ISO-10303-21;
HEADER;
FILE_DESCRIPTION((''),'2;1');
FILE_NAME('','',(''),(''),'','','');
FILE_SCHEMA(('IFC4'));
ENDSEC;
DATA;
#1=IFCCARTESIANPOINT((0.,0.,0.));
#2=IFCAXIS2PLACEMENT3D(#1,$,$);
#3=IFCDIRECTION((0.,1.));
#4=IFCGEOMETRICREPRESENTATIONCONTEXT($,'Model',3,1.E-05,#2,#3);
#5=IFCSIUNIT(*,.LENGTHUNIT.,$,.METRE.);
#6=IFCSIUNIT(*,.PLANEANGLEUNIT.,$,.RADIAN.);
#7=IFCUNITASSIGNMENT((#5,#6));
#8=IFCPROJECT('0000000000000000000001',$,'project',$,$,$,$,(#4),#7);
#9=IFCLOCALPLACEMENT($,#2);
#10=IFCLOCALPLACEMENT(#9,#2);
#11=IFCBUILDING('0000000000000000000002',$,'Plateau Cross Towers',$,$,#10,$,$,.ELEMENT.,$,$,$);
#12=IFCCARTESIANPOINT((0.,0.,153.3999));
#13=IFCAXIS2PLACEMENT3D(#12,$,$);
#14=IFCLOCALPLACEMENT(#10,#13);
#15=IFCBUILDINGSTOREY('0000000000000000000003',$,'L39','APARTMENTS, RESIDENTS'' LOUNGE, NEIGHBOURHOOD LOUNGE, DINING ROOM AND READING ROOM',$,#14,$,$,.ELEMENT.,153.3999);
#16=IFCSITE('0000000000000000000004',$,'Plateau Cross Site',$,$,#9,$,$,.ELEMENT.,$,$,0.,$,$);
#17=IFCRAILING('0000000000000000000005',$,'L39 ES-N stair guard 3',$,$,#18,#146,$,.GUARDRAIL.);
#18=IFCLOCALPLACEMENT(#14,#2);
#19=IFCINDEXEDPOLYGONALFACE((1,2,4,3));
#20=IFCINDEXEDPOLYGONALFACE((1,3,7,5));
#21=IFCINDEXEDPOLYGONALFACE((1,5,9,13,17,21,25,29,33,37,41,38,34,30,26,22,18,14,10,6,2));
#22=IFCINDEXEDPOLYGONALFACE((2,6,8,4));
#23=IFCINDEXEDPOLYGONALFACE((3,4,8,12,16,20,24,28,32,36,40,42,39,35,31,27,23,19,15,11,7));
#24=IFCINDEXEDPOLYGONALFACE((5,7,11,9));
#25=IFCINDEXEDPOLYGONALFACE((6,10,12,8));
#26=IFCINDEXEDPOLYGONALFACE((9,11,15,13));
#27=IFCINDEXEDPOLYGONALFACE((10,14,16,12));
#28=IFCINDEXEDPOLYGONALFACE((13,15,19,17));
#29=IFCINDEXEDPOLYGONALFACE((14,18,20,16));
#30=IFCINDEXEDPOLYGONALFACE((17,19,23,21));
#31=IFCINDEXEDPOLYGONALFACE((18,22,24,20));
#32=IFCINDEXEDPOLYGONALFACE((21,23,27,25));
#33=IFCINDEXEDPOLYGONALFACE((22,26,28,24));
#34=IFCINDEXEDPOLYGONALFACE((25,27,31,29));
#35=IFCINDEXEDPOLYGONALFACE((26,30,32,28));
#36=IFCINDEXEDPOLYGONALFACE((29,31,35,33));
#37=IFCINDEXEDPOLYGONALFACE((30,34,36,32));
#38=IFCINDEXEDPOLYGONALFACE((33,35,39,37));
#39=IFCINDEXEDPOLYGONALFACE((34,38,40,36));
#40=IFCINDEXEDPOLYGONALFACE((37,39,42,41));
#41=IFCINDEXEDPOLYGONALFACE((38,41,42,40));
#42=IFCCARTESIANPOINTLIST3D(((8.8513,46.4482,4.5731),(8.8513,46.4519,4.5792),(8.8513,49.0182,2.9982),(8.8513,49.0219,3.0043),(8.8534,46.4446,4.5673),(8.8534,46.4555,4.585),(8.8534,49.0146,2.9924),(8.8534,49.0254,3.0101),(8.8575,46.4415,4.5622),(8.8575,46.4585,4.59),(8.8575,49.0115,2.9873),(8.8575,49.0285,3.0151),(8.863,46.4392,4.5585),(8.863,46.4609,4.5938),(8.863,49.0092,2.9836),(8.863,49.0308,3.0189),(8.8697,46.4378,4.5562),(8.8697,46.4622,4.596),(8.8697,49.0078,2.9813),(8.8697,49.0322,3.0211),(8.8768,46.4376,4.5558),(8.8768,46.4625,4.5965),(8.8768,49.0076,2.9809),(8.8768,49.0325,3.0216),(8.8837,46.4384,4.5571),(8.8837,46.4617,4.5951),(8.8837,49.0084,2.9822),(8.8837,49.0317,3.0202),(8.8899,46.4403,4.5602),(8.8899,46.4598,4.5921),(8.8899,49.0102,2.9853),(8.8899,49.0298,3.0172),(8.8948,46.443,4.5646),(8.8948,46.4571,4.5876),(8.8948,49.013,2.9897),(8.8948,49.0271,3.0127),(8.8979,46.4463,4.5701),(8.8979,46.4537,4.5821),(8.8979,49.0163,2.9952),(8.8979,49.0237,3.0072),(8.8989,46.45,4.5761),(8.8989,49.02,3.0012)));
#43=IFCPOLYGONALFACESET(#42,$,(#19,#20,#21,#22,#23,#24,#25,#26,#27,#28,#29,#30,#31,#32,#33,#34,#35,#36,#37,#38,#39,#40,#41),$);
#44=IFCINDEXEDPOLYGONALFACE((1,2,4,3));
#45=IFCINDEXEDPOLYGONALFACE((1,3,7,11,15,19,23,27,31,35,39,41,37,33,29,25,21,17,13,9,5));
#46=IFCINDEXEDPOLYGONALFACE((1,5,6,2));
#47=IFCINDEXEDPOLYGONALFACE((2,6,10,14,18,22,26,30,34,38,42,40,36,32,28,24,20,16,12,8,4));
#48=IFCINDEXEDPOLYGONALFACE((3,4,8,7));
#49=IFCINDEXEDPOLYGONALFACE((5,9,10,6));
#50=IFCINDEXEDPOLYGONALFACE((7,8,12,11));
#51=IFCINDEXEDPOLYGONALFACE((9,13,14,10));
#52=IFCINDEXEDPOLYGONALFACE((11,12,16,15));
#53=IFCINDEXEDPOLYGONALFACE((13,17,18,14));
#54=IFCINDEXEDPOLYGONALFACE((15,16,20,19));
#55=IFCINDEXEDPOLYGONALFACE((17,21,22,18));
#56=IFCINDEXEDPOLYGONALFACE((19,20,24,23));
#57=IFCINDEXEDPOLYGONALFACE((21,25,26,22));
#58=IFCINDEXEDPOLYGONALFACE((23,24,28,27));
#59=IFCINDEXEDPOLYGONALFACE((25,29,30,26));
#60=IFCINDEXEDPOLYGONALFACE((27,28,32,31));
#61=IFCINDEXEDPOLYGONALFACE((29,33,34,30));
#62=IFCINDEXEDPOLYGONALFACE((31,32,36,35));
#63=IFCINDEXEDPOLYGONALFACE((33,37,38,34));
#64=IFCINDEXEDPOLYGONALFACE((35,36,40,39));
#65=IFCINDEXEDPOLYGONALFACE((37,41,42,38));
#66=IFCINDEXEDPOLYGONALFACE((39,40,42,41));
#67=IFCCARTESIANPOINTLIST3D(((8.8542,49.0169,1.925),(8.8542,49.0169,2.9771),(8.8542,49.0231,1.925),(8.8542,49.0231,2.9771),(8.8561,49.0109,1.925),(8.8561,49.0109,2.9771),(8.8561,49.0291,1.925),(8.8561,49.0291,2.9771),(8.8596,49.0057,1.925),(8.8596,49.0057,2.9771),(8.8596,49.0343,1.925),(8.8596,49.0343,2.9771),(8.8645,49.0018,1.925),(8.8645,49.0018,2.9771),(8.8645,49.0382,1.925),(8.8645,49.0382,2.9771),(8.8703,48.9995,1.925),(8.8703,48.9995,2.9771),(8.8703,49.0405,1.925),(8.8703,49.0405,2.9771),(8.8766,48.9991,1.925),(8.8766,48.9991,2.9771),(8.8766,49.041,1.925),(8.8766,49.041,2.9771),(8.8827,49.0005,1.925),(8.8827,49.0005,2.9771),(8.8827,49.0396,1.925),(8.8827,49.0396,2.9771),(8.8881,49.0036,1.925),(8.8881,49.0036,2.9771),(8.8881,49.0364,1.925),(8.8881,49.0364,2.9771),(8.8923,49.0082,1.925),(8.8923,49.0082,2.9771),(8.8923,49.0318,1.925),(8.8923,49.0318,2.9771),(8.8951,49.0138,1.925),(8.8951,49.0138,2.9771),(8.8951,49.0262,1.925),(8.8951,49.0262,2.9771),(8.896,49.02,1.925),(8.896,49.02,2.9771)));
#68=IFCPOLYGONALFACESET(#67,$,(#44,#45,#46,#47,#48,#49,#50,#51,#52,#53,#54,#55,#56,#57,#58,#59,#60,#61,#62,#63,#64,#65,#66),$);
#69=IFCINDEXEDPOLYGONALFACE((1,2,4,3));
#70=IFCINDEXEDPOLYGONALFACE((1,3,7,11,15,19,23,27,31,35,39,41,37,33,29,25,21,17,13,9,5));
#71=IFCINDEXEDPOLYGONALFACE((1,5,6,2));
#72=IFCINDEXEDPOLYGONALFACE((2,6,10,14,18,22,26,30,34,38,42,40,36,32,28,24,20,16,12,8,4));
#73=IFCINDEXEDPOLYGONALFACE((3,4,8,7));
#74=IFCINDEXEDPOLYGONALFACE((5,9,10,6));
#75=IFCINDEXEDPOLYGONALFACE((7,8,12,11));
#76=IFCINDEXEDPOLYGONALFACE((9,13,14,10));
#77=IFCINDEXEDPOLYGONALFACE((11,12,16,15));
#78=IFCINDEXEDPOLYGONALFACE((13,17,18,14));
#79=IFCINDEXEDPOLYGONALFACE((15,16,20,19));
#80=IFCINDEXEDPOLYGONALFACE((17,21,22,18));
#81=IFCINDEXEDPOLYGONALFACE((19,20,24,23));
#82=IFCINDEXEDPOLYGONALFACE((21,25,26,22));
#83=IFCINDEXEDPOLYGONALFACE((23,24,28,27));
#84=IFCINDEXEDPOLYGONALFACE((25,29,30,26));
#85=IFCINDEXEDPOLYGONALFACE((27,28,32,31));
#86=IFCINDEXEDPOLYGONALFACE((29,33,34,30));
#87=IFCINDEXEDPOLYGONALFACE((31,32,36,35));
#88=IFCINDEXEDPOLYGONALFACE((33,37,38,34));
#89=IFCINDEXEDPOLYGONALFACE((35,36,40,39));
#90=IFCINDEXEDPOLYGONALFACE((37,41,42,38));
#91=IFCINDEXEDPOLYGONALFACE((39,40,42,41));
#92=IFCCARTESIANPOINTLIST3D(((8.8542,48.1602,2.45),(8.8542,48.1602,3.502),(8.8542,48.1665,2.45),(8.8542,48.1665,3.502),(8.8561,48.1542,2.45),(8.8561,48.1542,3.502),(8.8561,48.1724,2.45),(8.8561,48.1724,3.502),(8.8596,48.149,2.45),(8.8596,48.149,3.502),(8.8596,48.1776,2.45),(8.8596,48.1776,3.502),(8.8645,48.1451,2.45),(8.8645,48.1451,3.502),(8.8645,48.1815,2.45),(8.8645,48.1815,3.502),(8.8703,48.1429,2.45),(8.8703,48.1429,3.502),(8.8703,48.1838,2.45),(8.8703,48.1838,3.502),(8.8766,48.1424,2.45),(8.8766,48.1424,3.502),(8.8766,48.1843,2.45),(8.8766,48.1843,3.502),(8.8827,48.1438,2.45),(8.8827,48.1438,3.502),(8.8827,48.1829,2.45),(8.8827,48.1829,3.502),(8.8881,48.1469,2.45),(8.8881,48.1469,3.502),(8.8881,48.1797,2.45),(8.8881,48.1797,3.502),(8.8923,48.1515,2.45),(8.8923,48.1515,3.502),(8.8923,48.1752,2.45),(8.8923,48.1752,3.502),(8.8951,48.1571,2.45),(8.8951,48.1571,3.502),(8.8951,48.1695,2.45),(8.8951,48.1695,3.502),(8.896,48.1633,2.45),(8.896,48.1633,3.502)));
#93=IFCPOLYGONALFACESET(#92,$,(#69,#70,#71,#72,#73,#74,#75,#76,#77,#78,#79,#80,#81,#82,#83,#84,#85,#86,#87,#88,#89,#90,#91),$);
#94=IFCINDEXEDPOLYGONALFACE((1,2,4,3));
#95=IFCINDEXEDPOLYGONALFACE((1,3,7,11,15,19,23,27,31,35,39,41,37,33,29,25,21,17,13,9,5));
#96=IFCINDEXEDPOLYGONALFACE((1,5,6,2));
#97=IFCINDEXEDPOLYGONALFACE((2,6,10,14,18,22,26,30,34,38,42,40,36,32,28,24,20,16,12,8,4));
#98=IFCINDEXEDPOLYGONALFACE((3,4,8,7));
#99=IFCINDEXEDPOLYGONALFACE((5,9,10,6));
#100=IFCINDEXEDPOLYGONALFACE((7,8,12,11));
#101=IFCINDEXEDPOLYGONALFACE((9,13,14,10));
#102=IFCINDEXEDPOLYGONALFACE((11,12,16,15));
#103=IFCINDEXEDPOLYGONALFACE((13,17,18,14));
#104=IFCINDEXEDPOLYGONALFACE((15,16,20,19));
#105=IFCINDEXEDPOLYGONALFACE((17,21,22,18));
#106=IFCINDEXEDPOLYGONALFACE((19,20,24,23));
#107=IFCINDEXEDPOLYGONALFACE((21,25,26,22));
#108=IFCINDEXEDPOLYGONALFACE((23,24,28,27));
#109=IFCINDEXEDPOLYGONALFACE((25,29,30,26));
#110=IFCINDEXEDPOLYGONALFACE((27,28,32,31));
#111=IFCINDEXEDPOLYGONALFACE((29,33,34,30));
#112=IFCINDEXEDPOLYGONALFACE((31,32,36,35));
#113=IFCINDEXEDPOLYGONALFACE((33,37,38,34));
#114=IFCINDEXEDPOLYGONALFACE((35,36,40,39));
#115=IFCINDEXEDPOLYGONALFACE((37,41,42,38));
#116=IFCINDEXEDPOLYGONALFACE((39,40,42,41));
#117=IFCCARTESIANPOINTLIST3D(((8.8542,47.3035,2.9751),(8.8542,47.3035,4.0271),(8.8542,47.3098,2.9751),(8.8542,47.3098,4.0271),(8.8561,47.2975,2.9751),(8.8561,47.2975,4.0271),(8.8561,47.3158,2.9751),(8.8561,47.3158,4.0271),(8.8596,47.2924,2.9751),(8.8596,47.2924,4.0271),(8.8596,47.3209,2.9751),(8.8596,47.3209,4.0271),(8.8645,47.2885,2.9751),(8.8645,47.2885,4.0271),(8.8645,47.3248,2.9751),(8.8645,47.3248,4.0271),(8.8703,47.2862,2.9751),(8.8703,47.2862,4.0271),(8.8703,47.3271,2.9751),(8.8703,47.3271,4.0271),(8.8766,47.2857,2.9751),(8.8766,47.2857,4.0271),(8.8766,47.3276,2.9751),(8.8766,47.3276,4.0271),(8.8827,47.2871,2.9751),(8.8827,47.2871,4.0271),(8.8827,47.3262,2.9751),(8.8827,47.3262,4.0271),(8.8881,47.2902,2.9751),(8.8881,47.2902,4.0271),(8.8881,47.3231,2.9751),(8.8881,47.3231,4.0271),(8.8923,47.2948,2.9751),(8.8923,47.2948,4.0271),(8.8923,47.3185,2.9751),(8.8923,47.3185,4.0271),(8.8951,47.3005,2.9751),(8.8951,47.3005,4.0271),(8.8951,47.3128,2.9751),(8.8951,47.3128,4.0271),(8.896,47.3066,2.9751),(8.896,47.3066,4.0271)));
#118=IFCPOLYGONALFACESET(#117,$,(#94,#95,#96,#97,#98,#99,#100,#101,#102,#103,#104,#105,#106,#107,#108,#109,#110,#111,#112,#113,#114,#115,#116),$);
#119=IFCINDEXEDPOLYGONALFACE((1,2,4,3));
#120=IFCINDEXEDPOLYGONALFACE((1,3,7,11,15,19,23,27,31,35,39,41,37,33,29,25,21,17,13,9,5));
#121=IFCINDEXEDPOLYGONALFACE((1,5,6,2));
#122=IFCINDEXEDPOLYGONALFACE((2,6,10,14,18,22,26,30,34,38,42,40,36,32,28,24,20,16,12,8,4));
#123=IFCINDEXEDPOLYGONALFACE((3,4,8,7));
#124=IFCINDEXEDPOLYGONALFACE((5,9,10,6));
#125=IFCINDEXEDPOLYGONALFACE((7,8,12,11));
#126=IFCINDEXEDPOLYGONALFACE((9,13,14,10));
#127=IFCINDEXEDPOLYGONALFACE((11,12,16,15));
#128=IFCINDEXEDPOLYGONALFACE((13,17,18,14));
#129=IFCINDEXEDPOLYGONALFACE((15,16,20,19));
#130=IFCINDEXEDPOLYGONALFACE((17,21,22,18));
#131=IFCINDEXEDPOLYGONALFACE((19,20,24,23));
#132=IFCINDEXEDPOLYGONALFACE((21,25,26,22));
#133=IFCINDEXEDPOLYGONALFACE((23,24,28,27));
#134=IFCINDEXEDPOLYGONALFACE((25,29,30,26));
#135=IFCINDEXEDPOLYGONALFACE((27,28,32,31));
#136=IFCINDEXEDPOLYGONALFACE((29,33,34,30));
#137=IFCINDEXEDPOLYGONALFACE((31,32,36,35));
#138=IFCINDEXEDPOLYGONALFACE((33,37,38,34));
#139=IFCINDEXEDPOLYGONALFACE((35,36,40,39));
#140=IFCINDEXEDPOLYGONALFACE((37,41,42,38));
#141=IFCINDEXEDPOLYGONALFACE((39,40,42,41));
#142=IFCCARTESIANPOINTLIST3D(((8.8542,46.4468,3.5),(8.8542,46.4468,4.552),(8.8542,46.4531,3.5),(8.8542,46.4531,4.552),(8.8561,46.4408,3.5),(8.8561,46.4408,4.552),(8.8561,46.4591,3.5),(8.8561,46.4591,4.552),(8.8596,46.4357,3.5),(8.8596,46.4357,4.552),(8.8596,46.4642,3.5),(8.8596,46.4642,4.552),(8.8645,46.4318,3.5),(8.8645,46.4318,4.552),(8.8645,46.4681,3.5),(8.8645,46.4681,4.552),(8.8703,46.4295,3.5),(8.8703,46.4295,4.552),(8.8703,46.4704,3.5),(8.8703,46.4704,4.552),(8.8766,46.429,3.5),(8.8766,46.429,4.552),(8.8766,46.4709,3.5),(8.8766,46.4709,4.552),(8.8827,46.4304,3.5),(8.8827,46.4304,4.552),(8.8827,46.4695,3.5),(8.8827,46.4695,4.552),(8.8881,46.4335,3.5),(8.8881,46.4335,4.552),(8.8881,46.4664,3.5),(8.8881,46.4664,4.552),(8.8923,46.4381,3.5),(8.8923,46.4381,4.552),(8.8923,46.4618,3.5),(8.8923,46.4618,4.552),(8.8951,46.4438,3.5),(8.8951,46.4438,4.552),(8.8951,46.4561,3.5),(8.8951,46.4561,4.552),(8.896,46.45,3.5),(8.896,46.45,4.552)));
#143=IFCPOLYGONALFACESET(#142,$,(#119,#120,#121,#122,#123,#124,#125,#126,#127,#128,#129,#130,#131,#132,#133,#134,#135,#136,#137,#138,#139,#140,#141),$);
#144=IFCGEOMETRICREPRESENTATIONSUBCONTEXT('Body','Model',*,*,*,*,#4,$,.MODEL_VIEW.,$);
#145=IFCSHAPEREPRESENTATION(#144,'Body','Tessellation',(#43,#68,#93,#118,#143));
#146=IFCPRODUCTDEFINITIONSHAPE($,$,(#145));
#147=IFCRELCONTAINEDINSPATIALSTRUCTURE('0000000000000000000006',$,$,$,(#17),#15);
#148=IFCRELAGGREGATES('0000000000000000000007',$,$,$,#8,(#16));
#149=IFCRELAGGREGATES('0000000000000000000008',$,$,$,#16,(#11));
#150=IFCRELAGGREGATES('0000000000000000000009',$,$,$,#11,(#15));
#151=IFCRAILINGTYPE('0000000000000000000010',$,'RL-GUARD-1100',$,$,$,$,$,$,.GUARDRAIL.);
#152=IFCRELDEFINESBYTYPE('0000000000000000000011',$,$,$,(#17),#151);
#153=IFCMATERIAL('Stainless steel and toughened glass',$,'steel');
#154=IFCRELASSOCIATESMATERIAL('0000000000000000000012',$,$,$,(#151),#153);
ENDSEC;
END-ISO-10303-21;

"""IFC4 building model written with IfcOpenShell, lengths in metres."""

from ifc_helpers import new_model, si_unit, direction, frame, origin, origin_2d, place, context, subcontext, project, spatial, circle, extrude, material, type_object, element, save


model = new_model("IFC4")

# Units and contexts
model_context = context("Model", 3, precision=1e-05, world=origin(), true_north=direction((0.0, 1.0)))
body_context = subcontext(model_context, "Body", "Model", "MODEL_VIEW")
ifc_project = project(units=[si_unit("LENGTHUNIT", "METRE"), si_unit("PLANEANGLEUNIT", "RADIAN")], contexts=[model_context])

# Site, building, storey
site_placement = place(None, origin())
site = spatial("IfcSite", under=ifc_project, at=site_placement, Name="Plateau Cross Site", CompositionType="ELEMENT", RefElevation=0.0)
building_placement = place(site_placement, origin())
building = spatial("IfcBuilding", under=site, at=building_placement, Name="Plateau Cross Towers", CompositionType="ELEMENT")
storey_placement = place(building_placement, frame((0.0, 0.0, 153.3999)))
storey = spatial("IfcBuildingStorey", under=building, at=storey_placement, Name="L39", Description="APARTMENTS, RESIDENTS' LOUNGE, NEIGHBOURHOOD LOUNGE, DINING ROOM AND READING ROOM", CompositionType="ELEMENT", Elevation=153.3999)

# Railing
ifc_material_1 = material(Name="Stainless steel and toughened glass", Category="steel")
railing_type_1 = type_object("IfcRailingType", Name="RL-GUARD-1100", PredefinedType="GUARDRAIL", material=ifc_material_1)
railing_1_placement = place(storey_placement, frame((8.875, 49.02, 1.925)))
element("IfcRailing", 1, at=railing_1_placement, inside=storey, type_object=railing_type_1, Name="L39 ES-N stair guard 3", PredefinedType="GUARDRAIL", context=body_context, shape_type="SweptSolid", body=[
    extrude(circle(Radius=0.0239, at=origin_2d()), frame((0.0, 0.0, 1.0762), z_axis=(0.0, -0.852639, 0.522501), x_axis=(1.0, 0.0, 0.0)), (0.0, 0.0, 1.0), 3.0142),
    extrude(circle(Radius=0.021, at=origin_2d()), origin(), (0.0, 0.0, 1.0), 1.052),
    extrude(circle(Radius=0.021, at=origin_2d()), frame((0.0, -0.8567, 0.5249)), (0.0, 0.0, 1.0), 1.052),
    extrude(circle(Radius=0.021, at=origin_2d()), frame((0.0, -1.7134, 1.05)), (0.0, 0.0, 1.0), 1.052),
    extrude(circle(Radius=0.021, at=origin_2d()), frame((0.0, -2.5701, 1.575)), (0.0, 0.0, 1.0), 1.052),
])

save(model, "model.ifc")
